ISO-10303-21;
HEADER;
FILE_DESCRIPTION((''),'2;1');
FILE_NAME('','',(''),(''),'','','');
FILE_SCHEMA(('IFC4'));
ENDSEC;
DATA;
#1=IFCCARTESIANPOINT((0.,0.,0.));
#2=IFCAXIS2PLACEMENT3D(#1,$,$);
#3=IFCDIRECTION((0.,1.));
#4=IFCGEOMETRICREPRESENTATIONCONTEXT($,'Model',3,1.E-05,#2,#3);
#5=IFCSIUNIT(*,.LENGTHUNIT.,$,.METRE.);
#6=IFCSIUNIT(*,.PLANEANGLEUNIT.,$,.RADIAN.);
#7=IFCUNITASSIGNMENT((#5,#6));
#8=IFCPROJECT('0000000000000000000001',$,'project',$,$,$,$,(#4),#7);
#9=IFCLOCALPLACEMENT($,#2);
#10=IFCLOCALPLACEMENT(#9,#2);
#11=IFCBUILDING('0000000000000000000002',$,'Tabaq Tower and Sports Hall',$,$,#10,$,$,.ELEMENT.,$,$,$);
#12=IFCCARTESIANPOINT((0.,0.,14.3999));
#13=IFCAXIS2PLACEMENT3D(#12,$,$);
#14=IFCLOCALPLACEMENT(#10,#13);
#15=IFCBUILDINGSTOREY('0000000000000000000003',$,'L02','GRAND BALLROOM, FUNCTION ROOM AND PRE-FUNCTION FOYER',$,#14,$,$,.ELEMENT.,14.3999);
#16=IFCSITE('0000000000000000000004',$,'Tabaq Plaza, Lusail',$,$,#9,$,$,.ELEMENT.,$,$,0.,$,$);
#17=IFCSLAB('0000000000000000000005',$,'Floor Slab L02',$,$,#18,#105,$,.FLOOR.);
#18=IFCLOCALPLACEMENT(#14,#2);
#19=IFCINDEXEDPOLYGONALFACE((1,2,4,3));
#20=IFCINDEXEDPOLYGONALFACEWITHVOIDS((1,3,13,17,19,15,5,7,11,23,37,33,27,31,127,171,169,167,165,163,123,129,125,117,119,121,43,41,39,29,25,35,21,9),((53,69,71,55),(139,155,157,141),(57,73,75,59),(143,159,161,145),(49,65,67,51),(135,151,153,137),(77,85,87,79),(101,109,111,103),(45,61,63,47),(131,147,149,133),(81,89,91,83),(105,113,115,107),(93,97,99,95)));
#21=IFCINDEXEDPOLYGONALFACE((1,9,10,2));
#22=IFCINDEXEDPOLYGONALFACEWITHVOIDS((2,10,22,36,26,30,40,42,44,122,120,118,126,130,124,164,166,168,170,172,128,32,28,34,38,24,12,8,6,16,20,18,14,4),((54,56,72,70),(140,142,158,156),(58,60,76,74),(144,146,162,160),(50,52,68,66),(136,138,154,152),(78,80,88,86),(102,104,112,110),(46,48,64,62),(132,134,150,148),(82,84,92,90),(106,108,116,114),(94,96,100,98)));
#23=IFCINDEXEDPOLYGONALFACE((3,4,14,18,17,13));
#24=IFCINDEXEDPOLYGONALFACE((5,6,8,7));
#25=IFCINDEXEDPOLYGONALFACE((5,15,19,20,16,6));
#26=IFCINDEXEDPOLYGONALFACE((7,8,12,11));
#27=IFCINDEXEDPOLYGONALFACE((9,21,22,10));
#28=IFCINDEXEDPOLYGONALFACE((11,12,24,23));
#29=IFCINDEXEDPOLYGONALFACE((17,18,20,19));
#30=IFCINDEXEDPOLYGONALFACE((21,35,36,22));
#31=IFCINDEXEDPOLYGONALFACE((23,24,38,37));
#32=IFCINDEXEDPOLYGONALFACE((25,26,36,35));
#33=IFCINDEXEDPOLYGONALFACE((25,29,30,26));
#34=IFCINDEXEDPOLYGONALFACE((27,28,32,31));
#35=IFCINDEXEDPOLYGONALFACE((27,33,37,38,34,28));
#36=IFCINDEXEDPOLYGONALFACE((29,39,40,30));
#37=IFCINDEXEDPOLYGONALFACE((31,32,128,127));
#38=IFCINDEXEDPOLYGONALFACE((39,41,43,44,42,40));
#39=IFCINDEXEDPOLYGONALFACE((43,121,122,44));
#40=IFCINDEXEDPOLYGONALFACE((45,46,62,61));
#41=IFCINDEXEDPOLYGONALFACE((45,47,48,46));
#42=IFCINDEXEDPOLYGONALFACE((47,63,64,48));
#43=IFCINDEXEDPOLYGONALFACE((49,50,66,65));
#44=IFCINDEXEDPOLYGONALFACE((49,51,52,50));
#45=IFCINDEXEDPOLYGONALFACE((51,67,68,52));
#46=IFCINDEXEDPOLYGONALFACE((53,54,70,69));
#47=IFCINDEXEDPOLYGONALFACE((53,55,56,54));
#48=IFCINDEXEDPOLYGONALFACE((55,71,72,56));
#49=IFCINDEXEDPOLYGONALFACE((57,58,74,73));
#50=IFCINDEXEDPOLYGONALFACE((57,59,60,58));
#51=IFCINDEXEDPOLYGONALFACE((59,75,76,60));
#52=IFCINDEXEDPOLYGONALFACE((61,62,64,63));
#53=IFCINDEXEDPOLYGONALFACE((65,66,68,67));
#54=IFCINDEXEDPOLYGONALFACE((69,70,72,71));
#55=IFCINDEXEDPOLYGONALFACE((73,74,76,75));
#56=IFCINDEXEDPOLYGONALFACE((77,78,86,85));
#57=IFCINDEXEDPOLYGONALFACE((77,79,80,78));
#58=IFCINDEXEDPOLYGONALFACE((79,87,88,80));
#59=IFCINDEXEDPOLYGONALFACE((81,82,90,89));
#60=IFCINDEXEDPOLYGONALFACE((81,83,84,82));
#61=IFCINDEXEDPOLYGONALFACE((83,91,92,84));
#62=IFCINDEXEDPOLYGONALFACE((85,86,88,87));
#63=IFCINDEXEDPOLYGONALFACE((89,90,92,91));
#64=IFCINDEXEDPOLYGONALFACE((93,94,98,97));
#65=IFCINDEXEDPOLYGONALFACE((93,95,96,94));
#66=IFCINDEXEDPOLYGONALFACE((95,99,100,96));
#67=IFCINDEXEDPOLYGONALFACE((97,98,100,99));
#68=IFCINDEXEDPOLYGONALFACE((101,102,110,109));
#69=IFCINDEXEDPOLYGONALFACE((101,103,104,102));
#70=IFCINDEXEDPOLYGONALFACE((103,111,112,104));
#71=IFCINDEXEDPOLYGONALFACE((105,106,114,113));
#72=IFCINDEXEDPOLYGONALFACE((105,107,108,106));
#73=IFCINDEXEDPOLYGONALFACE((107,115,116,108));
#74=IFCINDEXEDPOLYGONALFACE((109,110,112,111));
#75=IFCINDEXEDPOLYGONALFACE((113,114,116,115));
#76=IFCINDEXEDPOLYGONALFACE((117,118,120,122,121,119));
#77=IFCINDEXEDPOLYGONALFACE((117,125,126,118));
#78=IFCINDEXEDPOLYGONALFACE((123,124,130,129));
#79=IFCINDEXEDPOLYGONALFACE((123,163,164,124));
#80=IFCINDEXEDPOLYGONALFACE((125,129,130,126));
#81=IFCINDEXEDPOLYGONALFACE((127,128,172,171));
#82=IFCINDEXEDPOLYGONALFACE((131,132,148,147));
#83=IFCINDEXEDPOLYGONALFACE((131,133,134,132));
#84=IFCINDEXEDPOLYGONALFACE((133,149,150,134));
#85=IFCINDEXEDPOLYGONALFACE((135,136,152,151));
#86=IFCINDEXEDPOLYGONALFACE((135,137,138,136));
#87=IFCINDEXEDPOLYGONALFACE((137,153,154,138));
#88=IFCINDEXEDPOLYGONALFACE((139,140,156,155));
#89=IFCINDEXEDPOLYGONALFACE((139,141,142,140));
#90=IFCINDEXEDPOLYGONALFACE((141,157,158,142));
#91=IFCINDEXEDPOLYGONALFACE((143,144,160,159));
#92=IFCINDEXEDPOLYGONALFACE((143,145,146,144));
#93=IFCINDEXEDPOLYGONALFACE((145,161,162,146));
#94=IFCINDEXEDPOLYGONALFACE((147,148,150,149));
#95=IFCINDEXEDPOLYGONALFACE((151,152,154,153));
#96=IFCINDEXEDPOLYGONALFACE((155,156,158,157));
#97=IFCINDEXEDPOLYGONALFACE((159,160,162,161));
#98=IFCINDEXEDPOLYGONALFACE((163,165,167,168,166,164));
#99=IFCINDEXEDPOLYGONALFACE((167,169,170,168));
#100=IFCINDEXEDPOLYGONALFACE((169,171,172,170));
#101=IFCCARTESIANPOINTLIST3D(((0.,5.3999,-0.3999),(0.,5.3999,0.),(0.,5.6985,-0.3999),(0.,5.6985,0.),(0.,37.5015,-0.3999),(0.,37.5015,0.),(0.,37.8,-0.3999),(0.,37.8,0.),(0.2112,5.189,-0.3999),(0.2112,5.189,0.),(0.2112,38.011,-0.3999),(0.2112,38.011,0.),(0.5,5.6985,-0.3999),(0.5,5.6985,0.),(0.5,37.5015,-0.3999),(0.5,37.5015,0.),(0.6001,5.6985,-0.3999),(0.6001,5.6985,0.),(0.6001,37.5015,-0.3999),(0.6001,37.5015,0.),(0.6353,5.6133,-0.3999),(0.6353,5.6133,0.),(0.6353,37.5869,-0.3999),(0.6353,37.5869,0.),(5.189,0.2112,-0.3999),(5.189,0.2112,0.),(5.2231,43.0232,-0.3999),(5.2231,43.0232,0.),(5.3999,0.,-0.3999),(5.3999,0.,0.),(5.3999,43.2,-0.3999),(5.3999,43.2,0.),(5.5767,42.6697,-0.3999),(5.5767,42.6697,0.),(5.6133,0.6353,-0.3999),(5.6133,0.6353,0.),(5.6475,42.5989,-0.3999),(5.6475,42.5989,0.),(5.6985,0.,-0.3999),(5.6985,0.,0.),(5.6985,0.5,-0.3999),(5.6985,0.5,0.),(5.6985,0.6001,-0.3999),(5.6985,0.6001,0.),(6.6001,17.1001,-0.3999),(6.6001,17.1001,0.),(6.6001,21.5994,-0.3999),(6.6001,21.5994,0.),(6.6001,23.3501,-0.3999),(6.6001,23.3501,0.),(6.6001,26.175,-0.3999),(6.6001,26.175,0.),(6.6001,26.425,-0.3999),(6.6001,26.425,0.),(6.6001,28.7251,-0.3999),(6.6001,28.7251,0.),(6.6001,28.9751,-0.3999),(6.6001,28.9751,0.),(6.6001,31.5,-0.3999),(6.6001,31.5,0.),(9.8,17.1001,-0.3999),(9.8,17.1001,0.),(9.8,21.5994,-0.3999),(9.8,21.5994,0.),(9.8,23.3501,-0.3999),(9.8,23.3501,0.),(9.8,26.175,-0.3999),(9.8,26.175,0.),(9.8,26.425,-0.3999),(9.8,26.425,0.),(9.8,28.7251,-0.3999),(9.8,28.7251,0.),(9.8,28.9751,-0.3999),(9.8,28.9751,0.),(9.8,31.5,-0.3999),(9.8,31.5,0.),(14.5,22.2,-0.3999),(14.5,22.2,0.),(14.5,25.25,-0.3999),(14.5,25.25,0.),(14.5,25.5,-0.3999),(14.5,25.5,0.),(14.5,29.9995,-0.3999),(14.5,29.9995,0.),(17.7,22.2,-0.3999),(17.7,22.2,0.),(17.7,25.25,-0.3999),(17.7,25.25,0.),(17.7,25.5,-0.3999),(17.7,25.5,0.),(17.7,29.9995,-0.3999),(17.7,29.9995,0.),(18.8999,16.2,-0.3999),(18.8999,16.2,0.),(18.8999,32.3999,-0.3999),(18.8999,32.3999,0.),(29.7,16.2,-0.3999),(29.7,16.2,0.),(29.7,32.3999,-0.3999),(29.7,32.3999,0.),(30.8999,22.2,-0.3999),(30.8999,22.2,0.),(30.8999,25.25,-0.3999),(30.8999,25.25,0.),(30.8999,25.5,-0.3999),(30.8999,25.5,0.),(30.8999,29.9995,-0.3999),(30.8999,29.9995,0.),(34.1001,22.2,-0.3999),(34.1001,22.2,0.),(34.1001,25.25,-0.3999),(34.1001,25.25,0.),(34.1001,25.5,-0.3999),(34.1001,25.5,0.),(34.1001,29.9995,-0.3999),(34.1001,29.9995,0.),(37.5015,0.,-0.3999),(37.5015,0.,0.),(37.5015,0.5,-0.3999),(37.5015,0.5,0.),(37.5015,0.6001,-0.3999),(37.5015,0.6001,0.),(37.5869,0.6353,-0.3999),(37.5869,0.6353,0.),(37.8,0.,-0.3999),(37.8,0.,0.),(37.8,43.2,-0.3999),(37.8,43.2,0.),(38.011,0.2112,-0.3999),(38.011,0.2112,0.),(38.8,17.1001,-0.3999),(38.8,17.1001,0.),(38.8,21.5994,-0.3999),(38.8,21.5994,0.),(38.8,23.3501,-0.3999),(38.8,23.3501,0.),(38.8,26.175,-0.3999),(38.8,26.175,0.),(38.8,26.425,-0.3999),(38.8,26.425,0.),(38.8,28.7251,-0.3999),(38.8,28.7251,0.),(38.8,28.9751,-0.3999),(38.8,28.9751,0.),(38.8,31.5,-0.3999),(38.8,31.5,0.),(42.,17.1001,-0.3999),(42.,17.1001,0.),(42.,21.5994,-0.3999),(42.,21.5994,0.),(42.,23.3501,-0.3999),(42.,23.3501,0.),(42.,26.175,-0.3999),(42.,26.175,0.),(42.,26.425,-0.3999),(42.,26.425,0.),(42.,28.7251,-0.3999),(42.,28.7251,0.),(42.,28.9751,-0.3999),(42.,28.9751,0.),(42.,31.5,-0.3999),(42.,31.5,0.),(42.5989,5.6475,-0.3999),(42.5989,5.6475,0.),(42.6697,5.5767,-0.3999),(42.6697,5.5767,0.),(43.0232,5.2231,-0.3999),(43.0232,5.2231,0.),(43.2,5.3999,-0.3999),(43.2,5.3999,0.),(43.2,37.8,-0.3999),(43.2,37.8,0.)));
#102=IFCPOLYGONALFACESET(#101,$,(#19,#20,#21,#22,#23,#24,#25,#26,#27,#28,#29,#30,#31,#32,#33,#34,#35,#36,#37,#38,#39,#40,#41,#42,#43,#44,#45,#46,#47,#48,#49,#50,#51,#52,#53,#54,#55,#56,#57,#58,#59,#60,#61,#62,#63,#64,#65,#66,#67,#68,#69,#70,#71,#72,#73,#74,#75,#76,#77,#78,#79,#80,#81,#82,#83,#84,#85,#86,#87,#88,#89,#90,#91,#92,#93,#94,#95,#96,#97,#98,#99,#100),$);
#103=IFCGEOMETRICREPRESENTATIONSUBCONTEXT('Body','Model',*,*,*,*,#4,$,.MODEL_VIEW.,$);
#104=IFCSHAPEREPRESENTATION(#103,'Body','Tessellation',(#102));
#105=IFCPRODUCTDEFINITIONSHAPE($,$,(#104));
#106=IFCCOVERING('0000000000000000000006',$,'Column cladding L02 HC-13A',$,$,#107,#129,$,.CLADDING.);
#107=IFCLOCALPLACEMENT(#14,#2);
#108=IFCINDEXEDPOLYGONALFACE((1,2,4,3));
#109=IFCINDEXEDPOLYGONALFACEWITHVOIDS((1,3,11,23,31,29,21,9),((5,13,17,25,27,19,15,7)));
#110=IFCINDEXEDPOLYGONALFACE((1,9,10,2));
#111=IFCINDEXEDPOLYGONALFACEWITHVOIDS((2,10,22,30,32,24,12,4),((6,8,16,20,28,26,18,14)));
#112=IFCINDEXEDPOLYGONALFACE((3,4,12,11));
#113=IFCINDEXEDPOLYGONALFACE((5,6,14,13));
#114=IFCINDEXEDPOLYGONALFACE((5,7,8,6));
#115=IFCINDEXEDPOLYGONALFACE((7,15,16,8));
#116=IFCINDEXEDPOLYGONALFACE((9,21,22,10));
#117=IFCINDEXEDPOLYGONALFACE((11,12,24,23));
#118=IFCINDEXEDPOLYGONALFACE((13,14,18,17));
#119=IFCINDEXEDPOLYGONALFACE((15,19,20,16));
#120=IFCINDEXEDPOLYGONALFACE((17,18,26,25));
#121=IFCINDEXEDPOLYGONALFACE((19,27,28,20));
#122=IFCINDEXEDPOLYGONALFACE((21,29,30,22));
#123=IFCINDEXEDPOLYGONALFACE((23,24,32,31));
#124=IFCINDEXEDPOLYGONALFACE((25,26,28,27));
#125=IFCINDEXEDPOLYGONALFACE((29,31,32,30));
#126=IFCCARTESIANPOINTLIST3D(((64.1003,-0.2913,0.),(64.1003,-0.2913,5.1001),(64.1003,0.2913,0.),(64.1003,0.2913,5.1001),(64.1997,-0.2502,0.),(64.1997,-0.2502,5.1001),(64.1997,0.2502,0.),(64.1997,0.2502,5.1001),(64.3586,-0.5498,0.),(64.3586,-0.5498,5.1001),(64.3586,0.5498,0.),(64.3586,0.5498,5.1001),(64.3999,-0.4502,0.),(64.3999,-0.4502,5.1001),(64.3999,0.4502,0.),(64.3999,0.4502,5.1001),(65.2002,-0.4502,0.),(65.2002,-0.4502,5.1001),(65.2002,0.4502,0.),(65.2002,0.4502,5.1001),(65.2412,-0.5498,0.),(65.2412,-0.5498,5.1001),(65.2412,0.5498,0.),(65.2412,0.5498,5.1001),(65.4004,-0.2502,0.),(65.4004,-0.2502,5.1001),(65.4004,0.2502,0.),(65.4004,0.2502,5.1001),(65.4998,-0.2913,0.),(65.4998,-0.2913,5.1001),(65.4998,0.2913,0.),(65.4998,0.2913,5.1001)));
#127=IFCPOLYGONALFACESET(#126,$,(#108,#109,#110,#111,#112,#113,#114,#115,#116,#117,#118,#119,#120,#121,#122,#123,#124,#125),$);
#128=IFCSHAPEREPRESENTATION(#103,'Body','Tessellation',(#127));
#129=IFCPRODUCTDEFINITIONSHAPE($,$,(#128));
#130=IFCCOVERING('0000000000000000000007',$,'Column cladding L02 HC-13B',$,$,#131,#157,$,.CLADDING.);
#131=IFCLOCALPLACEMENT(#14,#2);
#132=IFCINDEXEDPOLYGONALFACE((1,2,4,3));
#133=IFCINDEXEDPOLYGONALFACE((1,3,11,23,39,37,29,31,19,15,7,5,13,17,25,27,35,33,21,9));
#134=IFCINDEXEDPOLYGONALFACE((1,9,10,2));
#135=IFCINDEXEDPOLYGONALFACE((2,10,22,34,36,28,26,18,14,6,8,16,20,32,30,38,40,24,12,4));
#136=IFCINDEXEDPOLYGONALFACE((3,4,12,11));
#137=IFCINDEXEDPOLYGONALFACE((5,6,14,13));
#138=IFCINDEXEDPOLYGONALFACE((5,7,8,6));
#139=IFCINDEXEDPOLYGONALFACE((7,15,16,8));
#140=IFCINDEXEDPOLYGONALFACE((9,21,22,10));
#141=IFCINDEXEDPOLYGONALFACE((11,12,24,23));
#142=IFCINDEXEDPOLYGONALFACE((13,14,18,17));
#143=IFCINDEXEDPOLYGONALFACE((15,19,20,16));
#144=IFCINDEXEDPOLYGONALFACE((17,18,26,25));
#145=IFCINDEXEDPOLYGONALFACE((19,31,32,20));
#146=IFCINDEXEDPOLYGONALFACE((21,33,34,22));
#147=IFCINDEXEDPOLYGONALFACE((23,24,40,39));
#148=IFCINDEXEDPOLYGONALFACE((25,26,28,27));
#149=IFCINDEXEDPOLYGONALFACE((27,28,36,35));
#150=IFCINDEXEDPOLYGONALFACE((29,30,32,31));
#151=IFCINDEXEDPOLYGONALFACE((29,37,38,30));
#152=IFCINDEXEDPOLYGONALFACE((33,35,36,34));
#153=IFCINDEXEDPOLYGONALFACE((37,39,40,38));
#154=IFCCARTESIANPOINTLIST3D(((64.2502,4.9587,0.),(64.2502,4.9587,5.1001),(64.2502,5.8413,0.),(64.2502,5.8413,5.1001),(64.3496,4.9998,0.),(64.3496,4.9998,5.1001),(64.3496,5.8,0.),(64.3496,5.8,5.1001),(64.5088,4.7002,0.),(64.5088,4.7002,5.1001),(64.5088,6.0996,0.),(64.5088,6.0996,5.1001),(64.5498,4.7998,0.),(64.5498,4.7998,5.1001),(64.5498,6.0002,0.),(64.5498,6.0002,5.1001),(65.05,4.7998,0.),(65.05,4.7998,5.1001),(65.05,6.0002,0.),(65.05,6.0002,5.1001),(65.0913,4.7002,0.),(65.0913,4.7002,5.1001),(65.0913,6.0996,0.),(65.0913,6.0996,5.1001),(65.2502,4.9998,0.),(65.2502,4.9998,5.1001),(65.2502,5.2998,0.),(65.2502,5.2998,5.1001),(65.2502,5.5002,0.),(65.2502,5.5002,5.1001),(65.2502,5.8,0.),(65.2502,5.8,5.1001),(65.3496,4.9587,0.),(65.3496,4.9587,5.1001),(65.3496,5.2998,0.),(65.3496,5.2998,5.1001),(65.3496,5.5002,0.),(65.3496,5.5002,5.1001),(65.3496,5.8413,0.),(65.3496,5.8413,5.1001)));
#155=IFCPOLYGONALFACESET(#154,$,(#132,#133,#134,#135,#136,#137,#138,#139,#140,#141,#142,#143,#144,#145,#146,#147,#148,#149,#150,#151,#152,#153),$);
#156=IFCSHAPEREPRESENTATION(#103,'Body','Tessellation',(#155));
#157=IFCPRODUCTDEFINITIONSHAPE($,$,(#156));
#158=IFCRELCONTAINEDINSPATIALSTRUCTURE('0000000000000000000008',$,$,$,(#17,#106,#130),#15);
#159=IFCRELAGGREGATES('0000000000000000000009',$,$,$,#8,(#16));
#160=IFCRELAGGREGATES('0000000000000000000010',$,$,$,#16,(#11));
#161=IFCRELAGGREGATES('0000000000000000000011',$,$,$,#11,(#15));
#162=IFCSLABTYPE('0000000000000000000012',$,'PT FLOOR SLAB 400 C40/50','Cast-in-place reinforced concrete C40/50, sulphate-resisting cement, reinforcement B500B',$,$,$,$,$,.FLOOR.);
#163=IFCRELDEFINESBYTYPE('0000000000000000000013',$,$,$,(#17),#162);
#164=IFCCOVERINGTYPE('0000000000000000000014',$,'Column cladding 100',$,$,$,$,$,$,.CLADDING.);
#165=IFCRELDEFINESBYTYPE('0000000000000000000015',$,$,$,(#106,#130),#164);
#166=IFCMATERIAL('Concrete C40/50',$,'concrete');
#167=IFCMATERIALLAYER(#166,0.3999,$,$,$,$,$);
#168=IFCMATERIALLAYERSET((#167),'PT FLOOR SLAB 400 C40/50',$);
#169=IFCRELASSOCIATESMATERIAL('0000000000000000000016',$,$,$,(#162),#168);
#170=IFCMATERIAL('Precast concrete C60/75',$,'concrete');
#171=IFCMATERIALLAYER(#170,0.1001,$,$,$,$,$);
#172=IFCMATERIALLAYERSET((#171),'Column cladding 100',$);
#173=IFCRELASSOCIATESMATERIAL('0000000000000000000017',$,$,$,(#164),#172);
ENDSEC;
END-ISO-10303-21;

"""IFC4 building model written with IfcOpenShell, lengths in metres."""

from ifc_helpers import new_model, si_unit, direction, frame, origin, place, context, subcontext, project, spatial, polyline, outline, extrude, material, layer, layer_set, type_object, element, save


model = new_model("IFC4")

# Units and contexts
model_context = context("Model", 3, precision=1e-05, world=origin(), true_north=direction((0.0, 1.0)))
body_context = subcontext(model_context, "Body", "Model", "MODEL_VIEW")
ifc_project = project(units=[si_unit("LENGTHUNIT", "METRE"), si_unit("PLANEANGLEUNIT", "RADIAN")], contexts=[model_context])

# Site, building, storey
site_placement = place(None, origin())
site = spatial("IfcSite", under=ifc_project, at=site_placement, Name="Tabaq Plaza, Lusail", CompositionType="ELEMENT", RefElevation=0.0)
building_placement = place(site_placement, origin())
building = spatial("IfcBuilding", under=site, at=building_placement, Name="Tabaq Tower and Sports Hall", CompositionType="ELEMENT")
storey_placement = place(building_placement, frame((0.0, 0.0, 14.3999)))
storey = spatial("IfcBuildingStorey", under=building, at=storey_placement, Name="L02", Description="GRAND BALLROOM, FUNCTION ROOM AND PRE-FUNCTION FOYER", CompositionType="ELEMENT", Elevation=14.3999)

# Slab
ifc_material_1 = material(Name="Concrete C40/50", Category="concrete")
ifc_layer_1 = layer(ifc_material_1, 0.3999)
ifc_layer_set_1 = layer_set([ifc_layer_1], Name="PT FLOOR SLAB 400 C40/50")
slab_type_1 = type_object("IfcSlabType", Name="PT FLOOR SLAB 400 C40/50", Description="Cast-in-place reinforced concrete C40/50, sulphate-resisting cement, reinforcement B500B", PredefinedType="FLOOR", material=ifc_layer_set_1)
slab_1_placement = place(storey_placement, frame((0.0, 0.0, -0.3999)))
element("IfcSlab", 1, at=slab_1_placement, inside=storey, type_object=slab_type_1, Name="Floor Slab L02", PredefinedType="FLOOR", context=body_context, shape_type="SweptSolid", body=[
    extrude(outline(polyline([(0.0, 5.6985), (0.0, 5.3999), (0.2112, 5.189), (0.6353, 5.6133), (5.6133, 0.6353), (5.189, 0.2112), (5.3999, 0.0), (5.6985, 0.0), (5.6985, 0.5), (5.6985, 0.6001), (37.5015, 0.6001), (37.5015, 0.5), (37.5015, 0.0), (37.8, 0.0), (38.011, 0.2112), (37.5869, 0.6353), (42.5989, 5.6475), (42.6697, 5.5767), (43.0232, 5.2231), (43.2, 5.3999), (43.2, 37.8), (37.8, 43.2), (5.3999, 43.2), (5.2231, 43.0232), (5.5767, 42.6697), (5.6475, 42.5989), (0.6353, 37.5869), (0.2112, 38.011), (0.0, 37.8), (0.0, 37.5015), (0.5, 37.5015), (0.6001, 37.5015), (0.6001, 5.6985), (0.5, 5.6985), (0.0, 5.6985)]), holes=[polyline([(6.6001, 21.5994), (9.8, 21.5994), (9.8, 17.1001), (6.6001, 17.1001), (6.6001, 21.5994)]), polyline([(17.7, 25.25), (17.7, 22.2), (14.5, 22.2), (14.5, 25.25), (17.7, 25.25)]), polyline([(18.8999, 32.3999), (29.7, 32.3999), (29.7, 16.2), (18.8999, 16.2), (18.8999, 32.3999)]), polyline([(6.6001, 26.175), (9.8, 26.175), (9.8, 23.3501), (6.6001, 23.3501), (6.6001, 26.175)]), polyline([(9.8, 28.7251), (9.8, 26.425), (6.6001, 26.425), (6.6001, 28.7251), (9.8, 28.7251)]), polyline([(17.7, 29.9995), (17.7, 25.5), (14.5, 25.5), (14.5, 29.9995), (17.7, 29.9995)]), polyline([(6.6001, 31.5), (9.8, 31.5), (9.8, 28.9751), (6.6001, 28.9751), (6.6001, 31.5)]), polyline([(42.0, 21.5994), (42.0, 17.1001), (38.8, 17.1001), (38.8, 21.5994), (42.0, 21.5994)]), polyline([(34.1001, 25.25), (34.1001, 22.2), (30.8999, 22.2), (30.8999, 25.25), (34.1001, 25.25)]), polyline([(42.0, 26.175), (42.0, 23.3501), (38.8, 23.3501), (38.8, 26.175), (42.0, 26.175)]), polyline([(42.0, 28.7251), (42.0, 26.425), (38.8, 26.425), (38.8, 28.7251), (42.0, 28.7251)]), polyline([(34.1001, 29.9995), (34.1001, 25.5), (30.8999, 25.5), (30.8999, 29.9995), (34.1001, 29.9995)]), polyline([(42.0, 31.5), (42.0, 28.9751), (38.8, 28.9751), (38.8, 31.5), (42.0, 31.5)])]), origin(), (0.0, 0.0, 1.0), 0.3999),
])

# Coverings
ifc_material_2 = material(Name="Precast concrete C60/75", Category="concrete")
ifc_layer_2 = layer(ifc_material_2, 0.1001)
ifc_layer_set_2 = layer_set([ifc_layer_2], Name="Column cladding 100")
covering_type = type_object("IfcCoveringType", Name="Column cladding 100", PredefinedType="CLADDING", material=ifc_layer_set_2)
covering_1_placement = place(storey_placement, origin())
element("IfcCovering", 2, at=covering_1_placement, inside=storey, type_object=covering_type, Name="Column cladding L02 HC-13A", PredefinedType="CLADDING", context=body_context, shape_type="SweptSolid", body=[
    extrude(outline(polyline([(64.1003, -0.2913), (64.1003, 0.2913), (64.3586, 0.5498), (65.2412, 0.5498), (65.4998, 0.2913), (65.4998, -0.2913), (65.2412, -0.5498), (64.3586, -0.5498), (64.1003, -0.2913)]), holes=[polyline([(65.2002, -0.4502), (65.4004, -0.2502), (65.4004, 0.2502), (65.2002, 0.4502), (64.3999, 0.4502), (64.1997, 0.2502), (64.1997, -0.2502), (64.3999, -0.4502), (65.2002, -0.4502)])]), origin(), (0.0, 0.0, 1.0), 5.1001),
])
covering_2_placement = place(storey_placement, origin())
element("IfcCovering", 3, at=covering_2_placement, inside=storey, type_object=covering_type, Name="Column cladding L02 HC-13B", PredefinedType="CLADDING", context=body_context, shape_type="SweptSolid", body=[
    extrude(outline(polyline([(64.5088, 4.7002), (64.2502, 4.9587), (64.2502, 5.8413), (64.5088, 6.0996), (65.0913, 6.0996), (65.3496, 5.8413), (65.3496, 5.5002), (65.2502, 5.5002), (65.2502, 5.8), (65.05, 6.0002), (64.5498, 6.0002), (64.3496, 5.8), (64.3496, 4.9998), (64.5498, 4.7998), (65.05, 4.7998), (65.2502, 4.9998), (65.2502, 5.2998), (65.3496, 5.2998), (65.3496, 4.9587), (65.0913, 4.7002), (64.5088, 4.7002)])), origin(), (0.0, 0.0, 1.0), 5.1001),
])

save(model, "model.ifc")
